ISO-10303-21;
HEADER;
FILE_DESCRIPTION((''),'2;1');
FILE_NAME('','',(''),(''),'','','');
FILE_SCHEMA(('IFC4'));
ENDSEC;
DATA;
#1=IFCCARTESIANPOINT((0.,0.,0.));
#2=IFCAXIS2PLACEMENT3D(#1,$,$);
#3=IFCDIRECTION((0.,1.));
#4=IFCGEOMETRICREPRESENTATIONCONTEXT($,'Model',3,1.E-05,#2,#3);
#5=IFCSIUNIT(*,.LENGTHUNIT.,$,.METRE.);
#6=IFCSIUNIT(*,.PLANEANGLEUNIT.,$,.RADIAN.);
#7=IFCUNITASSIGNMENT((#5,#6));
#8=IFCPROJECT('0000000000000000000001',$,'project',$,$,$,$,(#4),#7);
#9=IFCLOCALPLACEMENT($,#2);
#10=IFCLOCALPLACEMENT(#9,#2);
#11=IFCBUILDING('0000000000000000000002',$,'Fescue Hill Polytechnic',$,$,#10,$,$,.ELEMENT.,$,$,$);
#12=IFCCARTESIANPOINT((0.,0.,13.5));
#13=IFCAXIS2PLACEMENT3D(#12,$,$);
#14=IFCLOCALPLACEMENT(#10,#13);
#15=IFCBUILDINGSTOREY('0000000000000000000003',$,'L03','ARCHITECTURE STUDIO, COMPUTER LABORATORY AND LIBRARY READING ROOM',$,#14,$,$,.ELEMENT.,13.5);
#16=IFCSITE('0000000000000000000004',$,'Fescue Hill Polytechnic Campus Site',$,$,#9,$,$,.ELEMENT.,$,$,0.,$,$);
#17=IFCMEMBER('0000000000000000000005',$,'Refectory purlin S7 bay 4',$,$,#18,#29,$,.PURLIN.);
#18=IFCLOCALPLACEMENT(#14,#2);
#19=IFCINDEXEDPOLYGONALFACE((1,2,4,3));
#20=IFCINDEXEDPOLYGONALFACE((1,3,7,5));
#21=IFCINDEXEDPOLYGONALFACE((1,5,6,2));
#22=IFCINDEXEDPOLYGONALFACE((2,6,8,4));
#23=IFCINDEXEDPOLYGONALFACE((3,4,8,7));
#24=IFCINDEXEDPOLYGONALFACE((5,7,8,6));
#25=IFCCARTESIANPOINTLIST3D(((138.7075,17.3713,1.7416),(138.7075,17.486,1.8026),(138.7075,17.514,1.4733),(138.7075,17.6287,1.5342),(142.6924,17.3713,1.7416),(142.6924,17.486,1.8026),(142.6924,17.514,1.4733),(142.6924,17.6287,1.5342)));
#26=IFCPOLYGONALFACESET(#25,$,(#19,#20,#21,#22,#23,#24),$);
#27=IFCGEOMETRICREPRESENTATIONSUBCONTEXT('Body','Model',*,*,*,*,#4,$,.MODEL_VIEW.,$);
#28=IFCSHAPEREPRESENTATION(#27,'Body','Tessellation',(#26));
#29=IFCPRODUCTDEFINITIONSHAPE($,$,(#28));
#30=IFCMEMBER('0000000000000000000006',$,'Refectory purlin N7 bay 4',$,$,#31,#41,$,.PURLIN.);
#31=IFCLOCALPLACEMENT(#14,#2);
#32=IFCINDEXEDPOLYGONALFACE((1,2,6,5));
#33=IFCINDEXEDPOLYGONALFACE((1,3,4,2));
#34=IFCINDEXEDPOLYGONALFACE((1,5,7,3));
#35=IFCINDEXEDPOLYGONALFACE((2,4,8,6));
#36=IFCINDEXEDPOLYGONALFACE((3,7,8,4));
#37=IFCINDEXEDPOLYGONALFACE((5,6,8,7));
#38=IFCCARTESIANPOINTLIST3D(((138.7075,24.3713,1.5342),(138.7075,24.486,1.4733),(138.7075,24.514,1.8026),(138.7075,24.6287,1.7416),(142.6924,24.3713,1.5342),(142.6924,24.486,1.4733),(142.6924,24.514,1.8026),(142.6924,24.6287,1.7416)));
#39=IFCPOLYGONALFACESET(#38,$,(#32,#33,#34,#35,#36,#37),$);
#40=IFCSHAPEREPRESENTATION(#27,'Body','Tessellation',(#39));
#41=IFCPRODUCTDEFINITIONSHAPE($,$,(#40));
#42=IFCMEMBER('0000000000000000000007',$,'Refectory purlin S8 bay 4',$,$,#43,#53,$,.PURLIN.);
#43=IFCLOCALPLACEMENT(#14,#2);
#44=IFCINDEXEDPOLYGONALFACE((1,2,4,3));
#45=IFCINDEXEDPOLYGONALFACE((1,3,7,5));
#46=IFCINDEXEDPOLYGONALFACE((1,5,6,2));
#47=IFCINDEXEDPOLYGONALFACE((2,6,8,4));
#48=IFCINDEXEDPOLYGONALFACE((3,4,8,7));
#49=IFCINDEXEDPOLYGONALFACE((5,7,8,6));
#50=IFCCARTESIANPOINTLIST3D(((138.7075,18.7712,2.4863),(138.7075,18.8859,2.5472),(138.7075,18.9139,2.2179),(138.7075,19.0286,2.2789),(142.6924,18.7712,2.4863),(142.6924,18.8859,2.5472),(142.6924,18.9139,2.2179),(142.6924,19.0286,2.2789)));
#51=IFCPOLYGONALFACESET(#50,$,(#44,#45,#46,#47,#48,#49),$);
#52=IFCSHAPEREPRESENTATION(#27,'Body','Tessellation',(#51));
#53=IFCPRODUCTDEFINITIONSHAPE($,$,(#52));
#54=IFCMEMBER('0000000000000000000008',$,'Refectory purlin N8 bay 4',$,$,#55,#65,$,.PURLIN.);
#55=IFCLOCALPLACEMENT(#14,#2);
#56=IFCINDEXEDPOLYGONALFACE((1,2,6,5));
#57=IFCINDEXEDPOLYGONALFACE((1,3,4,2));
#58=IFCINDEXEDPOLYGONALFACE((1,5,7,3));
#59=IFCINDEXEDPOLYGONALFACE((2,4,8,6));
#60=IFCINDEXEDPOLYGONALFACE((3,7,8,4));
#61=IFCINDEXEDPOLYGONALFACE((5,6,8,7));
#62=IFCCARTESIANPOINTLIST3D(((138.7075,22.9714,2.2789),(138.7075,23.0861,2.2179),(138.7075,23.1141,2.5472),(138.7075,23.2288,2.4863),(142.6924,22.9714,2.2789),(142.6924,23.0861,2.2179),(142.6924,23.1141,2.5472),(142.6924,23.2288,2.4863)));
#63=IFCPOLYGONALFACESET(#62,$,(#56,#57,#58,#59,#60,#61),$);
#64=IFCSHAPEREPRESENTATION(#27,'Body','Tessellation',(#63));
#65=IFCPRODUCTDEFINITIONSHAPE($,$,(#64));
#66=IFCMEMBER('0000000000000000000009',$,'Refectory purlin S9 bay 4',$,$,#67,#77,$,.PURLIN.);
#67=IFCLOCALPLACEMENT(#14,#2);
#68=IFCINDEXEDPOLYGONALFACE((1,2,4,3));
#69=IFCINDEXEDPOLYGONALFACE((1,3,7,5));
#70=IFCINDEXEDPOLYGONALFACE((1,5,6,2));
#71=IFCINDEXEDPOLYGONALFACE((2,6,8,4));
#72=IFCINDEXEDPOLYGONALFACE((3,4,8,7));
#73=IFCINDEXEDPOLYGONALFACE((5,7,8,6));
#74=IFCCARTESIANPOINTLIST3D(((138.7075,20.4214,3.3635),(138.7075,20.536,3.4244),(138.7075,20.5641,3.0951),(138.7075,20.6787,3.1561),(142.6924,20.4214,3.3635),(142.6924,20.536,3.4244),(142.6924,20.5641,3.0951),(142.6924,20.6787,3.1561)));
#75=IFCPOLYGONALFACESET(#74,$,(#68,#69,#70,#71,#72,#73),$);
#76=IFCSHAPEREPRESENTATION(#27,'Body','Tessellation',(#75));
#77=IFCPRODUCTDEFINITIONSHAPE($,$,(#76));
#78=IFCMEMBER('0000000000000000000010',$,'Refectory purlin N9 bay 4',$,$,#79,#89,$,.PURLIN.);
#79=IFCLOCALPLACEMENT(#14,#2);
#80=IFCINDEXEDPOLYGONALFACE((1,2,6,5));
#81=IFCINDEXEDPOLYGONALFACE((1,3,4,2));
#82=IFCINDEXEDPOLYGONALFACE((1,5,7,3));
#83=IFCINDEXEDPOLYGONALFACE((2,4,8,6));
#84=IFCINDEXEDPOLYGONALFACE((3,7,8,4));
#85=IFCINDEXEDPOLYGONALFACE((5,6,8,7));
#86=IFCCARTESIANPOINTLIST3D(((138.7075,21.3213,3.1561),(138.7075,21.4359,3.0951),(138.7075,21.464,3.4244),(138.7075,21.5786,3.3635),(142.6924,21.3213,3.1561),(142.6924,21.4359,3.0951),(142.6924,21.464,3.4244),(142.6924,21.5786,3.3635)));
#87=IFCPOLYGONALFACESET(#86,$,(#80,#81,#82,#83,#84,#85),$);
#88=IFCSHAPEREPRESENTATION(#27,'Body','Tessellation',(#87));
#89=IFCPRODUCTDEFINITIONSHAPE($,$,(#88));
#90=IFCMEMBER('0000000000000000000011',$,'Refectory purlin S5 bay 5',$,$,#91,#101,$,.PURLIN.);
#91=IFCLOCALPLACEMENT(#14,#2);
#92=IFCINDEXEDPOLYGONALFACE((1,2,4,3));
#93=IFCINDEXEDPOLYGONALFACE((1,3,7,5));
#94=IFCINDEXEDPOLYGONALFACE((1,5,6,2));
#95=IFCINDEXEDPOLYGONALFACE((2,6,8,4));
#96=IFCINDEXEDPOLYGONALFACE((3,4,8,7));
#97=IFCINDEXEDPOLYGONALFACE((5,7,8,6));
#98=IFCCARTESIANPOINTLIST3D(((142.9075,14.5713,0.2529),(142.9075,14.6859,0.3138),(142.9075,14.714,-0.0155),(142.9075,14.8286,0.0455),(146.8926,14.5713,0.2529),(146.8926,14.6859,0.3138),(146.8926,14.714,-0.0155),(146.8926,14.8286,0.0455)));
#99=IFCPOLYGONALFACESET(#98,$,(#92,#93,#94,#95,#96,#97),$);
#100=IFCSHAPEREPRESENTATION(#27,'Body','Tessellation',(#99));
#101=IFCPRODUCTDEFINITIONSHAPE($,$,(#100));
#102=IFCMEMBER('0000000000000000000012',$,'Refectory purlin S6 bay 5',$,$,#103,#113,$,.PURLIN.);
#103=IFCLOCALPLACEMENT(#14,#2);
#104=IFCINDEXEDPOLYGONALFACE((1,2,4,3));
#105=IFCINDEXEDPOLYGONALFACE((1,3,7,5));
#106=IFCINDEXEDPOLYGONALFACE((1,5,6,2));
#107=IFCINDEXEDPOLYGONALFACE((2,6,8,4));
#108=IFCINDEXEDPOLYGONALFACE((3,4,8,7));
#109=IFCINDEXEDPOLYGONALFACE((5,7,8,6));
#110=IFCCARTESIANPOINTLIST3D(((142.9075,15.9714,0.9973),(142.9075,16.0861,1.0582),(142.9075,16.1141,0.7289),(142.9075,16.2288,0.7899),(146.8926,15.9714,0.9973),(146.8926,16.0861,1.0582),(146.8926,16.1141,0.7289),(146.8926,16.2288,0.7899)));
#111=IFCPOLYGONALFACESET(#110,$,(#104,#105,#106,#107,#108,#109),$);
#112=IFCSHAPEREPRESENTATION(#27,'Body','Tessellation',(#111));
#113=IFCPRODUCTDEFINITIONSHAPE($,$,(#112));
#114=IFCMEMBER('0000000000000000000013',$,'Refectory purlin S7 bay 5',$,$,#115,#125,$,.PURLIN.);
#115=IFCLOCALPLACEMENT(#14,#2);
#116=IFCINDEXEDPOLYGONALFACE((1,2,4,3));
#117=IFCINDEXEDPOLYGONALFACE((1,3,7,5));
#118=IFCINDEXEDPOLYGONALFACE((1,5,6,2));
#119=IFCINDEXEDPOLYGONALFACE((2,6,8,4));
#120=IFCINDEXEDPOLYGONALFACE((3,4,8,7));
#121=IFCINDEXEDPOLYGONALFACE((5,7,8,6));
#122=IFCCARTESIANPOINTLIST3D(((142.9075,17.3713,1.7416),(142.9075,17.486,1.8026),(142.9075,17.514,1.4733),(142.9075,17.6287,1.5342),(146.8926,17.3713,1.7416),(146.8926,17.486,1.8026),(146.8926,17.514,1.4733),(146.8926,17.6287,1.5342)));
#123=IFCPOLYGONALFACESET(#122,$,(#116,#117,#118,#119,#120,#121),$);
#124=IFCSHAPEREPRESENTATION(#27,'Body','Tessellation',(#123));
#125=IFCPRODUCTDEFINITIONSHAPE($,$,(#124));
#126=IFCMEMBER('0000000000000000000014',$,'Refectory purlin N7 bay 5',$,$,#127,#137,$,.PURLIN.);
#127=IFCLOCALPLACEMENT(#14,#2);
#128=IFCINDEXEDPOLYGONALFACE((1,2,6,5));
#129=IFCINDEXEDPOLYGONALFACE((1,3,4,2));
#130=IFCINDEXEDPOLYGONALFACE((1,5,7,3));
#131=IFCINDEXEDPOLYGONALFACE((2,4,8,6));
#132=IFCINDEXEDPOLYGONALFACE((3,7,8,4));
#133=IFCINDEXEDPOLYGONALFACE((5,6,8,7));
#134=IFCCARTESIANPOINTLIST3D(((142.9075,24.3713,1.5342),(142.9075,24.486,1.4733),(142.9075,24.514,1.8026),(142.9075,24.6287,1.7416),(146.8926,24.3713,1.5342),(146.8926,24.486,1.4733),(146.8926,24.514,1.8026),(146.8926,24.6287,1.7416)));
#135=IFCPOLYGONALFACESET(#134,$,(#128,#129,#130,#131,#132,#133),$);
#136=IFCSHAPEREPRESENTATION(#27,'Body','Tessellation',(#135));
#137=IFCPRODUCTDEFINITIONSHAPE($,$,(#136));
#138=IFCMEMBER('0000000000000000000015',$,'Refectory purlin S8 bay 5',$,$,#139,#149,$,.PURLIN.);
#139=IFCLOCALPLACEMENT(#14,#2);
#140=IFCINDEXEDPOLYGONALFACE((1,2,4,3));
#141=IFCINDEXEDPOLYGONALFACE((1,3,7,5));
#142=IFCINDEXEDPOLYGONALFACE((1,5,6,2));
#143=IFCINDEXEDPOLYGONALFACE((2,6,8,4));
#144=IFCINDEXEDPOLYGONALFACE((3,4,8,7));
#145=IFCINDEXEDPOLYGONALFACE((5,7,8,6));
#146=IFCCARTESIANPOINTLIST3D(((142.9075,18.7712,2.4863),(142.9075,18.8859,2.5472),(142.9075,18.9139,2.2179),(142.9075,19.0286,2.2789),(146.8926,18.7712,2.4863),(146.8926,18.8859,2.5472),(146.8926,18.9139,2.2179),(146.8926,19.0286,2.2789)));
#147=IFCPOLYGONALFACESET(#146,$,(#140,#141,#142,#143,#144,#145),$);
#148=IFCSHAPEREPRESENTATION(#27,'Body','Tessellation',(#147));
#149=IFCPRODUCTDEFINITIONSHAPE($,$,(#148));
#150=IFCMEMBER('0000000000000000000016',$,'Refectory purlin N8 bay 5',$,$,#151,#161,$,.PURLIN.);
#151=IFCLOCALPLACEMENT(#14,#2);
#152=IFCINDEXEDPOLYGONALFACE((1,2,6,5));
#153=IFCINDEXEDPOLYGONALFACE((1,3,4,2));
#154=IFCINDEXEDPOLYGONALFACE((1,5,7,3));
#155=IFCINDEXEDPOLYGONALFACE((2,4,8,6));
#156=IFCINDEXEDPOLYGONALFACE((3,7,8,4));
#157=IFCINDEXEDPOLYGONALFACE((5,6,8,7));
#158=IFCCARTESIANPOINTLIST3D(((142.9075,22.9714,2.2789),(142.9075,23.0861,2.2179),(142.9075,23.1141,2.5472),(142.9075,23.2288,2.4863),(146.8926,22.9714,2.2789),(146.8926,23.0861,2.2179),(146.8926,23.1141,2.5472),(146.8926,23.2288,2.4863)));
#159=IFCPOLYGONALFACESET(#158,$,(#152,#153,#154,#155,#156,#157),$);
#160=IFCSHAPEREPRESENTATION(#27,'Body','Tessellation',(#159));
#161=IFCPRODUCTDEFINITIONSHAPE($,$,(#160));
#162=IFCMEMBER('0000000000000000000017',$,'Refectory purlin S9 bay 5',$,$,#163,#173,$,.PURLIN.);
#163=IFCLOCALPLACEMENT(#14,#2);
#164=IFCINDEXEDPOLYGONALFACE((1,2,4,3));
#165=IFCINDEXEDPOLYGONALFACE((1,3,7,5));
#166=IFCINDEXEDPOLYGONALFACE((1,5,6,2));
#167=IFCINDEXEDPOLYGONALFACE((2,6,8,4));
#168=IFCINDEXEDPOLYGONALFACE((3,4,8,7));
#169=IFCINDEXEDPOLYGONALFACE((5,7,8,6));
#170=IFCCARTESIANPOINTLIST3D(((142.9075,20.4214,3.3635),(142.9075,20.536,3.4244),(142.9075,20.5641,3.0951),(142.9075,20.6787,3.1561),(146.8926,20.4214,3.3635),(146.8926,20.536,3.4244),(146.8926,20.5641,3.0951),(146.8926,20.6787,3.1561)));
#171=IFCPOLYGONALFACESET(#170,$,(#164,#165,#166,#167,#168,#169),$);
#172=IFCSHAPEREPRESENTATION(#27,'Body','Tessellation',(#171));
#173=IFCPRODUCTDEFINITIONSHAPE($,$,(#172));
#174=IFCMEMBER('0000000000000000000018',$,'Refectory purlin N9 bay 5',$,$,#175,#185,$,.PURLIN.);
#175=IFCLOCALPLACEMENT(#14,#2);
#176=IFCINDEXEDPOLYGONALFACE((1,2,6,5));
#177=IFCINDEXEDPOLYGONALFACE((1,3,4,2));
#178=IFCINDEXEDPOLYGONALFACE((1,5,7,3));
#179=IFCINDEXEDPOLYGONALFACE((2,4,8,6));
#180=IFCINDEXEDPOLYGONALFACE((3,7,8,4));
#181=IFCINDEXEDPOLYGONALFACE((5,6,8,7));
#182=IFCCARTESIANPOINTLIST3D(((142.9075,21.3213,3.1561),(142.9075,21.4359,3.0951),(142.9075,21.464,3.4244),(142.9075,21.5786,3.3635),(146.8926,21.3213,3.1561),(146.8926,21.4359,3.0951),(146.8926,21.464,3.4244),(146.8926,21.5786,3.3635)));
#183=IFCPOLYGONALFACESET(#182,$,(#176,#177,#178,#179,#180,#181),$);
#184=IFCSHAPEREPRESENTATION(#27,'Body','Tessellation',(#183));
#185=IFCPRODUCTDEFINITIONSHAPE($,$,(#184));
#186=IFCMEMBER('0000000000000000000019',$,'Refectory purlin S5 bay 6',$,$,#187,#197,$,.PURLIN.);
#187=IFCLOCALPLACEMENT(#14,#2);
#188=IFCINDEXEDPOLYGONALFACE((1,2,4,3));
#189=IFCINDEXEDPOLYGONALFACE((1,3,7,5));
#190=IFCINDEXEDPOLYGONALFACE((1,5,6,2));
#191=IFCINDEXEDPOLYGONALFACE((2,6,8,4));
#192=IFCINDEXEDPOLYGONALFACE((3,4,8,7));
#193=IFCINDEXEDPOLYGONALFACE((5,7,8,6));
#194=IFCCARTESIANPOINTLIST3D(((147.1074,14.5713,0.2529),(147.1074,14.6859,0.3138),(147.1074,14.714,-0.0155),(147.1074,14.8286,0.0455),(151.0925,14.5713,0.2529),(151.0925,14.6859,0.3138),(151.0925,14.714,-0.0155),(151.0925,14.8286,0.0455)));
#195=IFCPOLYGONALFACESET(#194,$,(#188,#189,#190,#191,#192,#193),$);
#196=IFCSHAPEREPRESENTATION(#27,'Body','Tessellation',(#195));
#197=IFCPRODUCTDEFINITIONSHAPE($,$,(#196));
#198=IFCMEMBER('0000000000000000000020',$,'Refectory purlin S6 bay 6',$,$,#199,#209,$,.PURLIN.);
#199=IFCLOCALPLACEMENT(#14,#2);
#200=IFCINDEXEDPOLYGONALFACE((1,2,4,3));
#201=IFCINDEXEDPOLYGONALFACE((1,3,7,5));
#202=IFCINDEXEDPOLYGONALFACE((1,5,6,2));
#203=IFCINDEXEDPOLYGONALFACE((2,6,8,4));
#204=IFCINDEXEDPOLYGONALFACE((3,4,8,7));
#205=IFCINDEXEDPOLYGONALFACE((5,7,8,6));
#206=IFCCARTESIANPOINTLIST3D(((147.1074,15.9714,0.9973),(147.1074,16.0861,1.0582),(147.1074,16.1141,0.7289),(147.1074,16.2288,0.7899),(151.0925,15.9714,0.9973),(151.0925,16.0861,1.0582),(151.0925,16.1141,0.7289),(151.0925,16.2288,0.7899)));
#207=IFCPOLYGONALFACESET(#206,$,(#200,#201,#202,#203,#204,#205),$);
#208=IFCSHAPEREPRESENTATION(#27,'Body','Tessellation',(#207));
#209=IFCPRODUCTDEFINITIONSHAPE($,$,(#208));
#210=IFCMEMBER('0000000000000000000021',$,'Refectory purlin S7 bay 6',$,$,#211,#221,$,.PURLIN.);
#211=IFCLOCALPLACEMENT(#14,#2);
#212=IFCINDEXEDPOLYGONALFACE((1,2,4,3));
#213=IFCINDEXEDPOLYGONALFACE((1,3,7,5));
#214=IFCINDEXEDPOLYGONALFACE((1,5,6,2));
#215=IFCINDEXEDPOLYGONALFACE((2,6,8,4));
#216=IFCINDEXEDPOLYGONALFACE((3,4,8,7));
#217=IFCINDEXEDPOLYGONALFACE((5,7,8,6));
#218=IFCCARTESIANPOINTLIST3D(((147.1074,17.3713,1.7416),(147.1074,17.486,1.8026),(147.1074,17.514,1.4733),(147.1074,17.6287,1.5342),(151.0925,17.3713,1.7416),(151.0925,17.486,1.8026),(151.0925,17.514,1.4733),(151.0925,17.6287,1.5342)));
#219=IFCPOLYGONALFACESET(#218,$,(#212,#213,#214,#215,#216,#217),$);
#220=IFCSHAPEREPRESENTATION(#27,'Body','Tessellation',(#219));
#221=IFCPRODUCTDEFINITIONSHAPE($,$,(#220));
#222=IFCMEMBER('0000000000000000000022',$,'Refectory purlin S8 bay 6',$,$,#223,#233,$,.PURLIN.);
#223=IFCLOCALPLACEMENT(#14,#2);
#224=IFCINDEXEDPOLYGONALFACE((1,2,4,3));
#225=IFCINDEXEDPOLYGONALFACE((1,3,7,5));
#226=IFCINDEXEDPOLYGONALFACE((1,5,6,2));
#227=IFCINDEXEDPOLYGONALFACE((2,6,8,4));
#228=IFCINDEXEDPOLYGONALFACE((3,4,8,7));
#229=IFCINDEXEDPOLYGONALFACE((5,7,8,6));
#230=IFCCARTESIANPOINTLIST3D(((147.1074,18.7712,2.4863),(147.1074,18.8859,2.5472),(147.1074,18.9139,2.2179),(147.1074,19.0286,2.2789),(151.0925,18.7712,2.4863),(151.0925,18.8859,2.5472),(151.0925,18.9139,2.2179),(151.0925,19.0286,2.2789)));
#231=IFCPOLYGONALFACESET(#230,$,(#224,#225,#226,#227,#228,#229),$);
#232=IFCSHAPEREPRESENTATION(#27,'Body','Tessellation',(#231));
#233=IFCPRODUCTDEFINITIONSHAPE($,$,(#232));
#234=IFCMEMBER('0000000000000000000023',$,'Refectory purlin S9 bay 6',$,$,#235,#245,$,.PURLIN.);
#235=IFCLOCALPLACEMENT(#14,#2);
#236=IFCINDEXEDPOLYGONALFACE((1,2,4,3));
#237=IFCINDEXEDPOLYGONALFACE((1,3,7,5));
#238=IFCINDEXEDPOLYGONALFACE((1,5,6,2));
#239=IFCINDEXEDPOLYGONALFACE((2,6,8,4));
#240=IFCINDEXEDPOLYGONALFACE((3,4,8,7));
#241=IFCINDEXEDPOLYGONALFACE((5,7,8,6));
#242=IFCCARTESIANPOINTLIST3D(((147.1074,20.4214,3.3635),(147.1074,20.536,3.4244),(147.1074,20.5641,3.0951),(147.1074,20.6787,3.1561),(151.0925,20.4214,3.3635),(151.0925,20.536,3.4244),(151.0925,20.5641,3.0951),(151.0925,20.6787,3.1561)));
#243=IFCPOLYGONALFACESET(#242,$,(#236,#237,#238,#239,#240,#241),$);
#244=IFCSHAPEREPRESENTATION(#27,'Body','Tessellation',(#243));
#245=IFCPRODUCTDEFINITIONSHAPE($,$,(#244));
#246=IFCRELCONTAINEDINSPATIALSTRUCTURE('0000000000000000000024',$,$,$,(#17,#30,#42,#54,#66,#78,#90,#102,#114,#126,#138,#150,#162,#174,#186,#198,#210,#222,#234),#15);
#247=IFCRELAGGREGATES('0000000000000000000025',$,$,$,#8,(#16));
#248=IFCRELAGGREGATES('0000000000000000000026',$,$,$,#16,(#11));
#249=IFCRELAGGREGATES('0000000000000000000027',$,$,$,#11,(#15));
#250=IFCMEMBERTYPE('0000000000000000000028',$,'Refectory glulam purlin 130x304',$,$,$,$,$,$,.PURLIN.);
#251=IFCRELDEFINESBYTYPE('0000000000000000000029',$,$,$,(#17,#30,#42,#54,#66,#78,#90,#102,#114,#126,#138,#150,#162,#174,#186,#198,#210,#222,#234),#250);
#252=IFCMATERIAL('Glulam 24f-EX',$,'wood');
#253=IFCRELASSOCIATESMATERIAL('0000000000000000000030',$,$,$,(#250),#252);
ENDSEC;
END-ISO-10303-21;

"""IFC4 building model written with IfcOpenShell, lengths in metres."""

from ifc_helpers import new_model, si_unit, direction, frame, origin, origin_2d, place, context, subcontext, project, spatial, rectangle, extrude, material, material_profile, profile_set, type_object, element, save


model = new_model("IFC4")

# Units and contexts
model_context = context("Model", 3, precision=1e-05, world=origin(), true_north=direction((0.0, 1.0)))
body_context = subcontext(model_context, "Body", "Model", "MODEL_VIEW")
ifc_project = project(units=[si_unit("LENGTHUNIT", "METRE"), si_unit("PLANEANGLEUNIT", "RADIAN")], contexts=[model_context])

# Site, building, storey
site_placement = place(None, origin())
site = spatial("IfcSite", under=ifc_project, at=site_placement, Name="Fescue Hill Polytechnic Campus Site", CompositionType="ELEMENT", RefElevation=0.0)
building_placement = place(site_placement, origin())
building = spatial("IfcBuilding", under=site, at=building_placement, Name="Fescue Hill Polytechnic", CompositionType="ELEMENT")
storey_placement = place(building_placement, frame((0.0, 0.0, 13.5)))
storey = spatial("IfcBuildingStorey", under=building, at=storey_placement, Name="L03", Description="ARCHITECTURE STUDIO, COMPUTER LABORATORY AND LIBRARY READING ROOM", CompositionType="ELEMENT", Elevation=13.5)

# Members
ifc_material = material(Name="Glulam 24f-EX", Category="wood")
ifc_material_profile_1 = material_profile(ifc_material, rectangle(XDim=0.1299, YDim=0.304, at=origin_2d()), Name="Refectory glulam purlin 130x304")
ifc_profile_set_1 = profile_set([ifc_material_profile_1], Name="Glulam 24f-EX")
member_type = type_object("IfcMemberType", Name="Refectory glulam purlin 130x304", PredefinedType="PURLIN", material=ifc_profile_set_1)
for number, where, z_axis, x_axis, name in (
    (1, (138.7075, 17.5, 1.6379), (1.0, 0.0, 0.0), (0.0, 0.882934, 0.469497), "Refectory purlin S7 bay 4"),
    (2, (138.7075, 24.5, 1.6379), (1.0, 0.0, 0.0), (0.0, 0.882934, -0.469497), "Refectory purlin N7 bay 4"),
    (3, (138.7075, 18.8999, 2.3826), (1.0, 0.0, 0.0), (0.0, 0.882934, 0.469497), "Refectory purlin S8 bay 4"),
    (4, (138.7075, 23.1001, 2.3826), (1.0, 0.0, 0.0), (0.0, 0.882934, -0.469497), "Refectory purlin N8 bay 4"),
    (5, (138.7075, 20.55, 3.2598), (1.0, 0.0, 0.0), (0.0, 0.882934, 0.469497), "Refectory purlin S9 bay 4"),
    (6, (138.7075, 21.45, 3.2598), (1.0, 0.0, 0.0), (0.0, 0.882934, -0.469497), "Refectory purlin N9 bay 4"),
):
    element("IfcMember", number, at=place(storey_placement, frame(where, z_axis=z_axis, x_axis=x_axis)), inside=storey, type_object=member_type, Name=name, PredefinedType="PURLIN", context=body_context, shape_type="SweptSolid", body=[
        extrude(rectangle(XDim=0.1299, YDim=0.304, at=origin_2d()), origin(), (0.0, 0.0, 1.0), 3.9849),
    ])
for number, where, z_axis, x_axis, name in (
    (7, (142.9075, 14.7, 0.1492), (1.0, 0.0, 0.0), (0.0, 0.882934, 0.469497), "Refectory purlin S5 bay 5"),
    (8, (142.9075, 16.1001, 0.8936), (1.0, 0.0, 0.0), (0.0, 0.882934, 0.469497), "Refectory purlin S6 bay 5"),
    (9, (142.9075, 17.5, 1.6379), (1.0, 0.0, 0.0), (0.0, 0.882934, 0.469497), "Refectory purlin S7 bay 5"),
    (10, (142.9075, 24.5, 1.6379), (1.0, 0.0, 0.0), (0.0, 0.882934, -0.469497), "Refectory purlin N7 bay 5"),
    (11, (142.9075, 18.8999, 2.3826), (1.0, 0.0, 0.0), (0.0, 0.882934, 0.469497), "Refectory purlin S8 bay 5"),
    (12, (142.9075, 23.1001, 2.3826), (1.0, 0.0, 0.0), (0.0, 0.882934, -0.469497), "Refectory purlin N8 bay 5"),
    (13, (142.9075, 20.55, 3.2598), (1.0, 0.0, 0.0), (0.0, 0.882934, 0.469497), "Refectory purlin S9 bay 5"),
    (14, (142.9075, 21.45, 3.2598), (1.0, 0.0, 0.0), (0.0, 0.882934, -0.469497), "Refectory purlin N9 bay 5"),
    (15, (147.1074, 14.7, 0.1492), (1.0, 0.0, 0.0), (0.0, 0.882934, 0.469497), "Refectory purlin S5 bay 6"),
    (16, (147.1074, 16.1001, 0.8936), (1.0, 0.0, 0.0), (0.0, 0.882934, 0.469497), "Refectory purlin S6 bay 6"),
    (17, (147.1074, 17.5, 1.6379), (1.0, 0.0, 0.0), (0.0, 0.882934, 0.469497), "Refectory purlin S7 bay 6"),
    (18, (147.1074, 18.8999, 2.3826), (1.0, 0.0, 0.0), (0.0, 0.882934, 0.469497), "Refectory purlin S8 bay 6"),
    (19, (147.1074, 20.55, 3.2598), (1.0, 0.0, 0.0), (0.0, 0.882934, 0.469497), "Refectory purlin S9 bay 6"),
):
    element("IfcMember", number, at=place(storey_placement, frame(where, z_axis=z_axis, x_axis=x_axis)), inside=storey, type_object=member_type, Name=name, PredefinedType="PURLIN", context=body_context, shape_type="SweptSolid", body=[
        extrude(rectangle(XDim=0.1299, YDim=0.304, at=origin_2d()), origin(), (0.0, 0.0, 1.0), 3.9851),
    ])

save(model, "model.ifc")
